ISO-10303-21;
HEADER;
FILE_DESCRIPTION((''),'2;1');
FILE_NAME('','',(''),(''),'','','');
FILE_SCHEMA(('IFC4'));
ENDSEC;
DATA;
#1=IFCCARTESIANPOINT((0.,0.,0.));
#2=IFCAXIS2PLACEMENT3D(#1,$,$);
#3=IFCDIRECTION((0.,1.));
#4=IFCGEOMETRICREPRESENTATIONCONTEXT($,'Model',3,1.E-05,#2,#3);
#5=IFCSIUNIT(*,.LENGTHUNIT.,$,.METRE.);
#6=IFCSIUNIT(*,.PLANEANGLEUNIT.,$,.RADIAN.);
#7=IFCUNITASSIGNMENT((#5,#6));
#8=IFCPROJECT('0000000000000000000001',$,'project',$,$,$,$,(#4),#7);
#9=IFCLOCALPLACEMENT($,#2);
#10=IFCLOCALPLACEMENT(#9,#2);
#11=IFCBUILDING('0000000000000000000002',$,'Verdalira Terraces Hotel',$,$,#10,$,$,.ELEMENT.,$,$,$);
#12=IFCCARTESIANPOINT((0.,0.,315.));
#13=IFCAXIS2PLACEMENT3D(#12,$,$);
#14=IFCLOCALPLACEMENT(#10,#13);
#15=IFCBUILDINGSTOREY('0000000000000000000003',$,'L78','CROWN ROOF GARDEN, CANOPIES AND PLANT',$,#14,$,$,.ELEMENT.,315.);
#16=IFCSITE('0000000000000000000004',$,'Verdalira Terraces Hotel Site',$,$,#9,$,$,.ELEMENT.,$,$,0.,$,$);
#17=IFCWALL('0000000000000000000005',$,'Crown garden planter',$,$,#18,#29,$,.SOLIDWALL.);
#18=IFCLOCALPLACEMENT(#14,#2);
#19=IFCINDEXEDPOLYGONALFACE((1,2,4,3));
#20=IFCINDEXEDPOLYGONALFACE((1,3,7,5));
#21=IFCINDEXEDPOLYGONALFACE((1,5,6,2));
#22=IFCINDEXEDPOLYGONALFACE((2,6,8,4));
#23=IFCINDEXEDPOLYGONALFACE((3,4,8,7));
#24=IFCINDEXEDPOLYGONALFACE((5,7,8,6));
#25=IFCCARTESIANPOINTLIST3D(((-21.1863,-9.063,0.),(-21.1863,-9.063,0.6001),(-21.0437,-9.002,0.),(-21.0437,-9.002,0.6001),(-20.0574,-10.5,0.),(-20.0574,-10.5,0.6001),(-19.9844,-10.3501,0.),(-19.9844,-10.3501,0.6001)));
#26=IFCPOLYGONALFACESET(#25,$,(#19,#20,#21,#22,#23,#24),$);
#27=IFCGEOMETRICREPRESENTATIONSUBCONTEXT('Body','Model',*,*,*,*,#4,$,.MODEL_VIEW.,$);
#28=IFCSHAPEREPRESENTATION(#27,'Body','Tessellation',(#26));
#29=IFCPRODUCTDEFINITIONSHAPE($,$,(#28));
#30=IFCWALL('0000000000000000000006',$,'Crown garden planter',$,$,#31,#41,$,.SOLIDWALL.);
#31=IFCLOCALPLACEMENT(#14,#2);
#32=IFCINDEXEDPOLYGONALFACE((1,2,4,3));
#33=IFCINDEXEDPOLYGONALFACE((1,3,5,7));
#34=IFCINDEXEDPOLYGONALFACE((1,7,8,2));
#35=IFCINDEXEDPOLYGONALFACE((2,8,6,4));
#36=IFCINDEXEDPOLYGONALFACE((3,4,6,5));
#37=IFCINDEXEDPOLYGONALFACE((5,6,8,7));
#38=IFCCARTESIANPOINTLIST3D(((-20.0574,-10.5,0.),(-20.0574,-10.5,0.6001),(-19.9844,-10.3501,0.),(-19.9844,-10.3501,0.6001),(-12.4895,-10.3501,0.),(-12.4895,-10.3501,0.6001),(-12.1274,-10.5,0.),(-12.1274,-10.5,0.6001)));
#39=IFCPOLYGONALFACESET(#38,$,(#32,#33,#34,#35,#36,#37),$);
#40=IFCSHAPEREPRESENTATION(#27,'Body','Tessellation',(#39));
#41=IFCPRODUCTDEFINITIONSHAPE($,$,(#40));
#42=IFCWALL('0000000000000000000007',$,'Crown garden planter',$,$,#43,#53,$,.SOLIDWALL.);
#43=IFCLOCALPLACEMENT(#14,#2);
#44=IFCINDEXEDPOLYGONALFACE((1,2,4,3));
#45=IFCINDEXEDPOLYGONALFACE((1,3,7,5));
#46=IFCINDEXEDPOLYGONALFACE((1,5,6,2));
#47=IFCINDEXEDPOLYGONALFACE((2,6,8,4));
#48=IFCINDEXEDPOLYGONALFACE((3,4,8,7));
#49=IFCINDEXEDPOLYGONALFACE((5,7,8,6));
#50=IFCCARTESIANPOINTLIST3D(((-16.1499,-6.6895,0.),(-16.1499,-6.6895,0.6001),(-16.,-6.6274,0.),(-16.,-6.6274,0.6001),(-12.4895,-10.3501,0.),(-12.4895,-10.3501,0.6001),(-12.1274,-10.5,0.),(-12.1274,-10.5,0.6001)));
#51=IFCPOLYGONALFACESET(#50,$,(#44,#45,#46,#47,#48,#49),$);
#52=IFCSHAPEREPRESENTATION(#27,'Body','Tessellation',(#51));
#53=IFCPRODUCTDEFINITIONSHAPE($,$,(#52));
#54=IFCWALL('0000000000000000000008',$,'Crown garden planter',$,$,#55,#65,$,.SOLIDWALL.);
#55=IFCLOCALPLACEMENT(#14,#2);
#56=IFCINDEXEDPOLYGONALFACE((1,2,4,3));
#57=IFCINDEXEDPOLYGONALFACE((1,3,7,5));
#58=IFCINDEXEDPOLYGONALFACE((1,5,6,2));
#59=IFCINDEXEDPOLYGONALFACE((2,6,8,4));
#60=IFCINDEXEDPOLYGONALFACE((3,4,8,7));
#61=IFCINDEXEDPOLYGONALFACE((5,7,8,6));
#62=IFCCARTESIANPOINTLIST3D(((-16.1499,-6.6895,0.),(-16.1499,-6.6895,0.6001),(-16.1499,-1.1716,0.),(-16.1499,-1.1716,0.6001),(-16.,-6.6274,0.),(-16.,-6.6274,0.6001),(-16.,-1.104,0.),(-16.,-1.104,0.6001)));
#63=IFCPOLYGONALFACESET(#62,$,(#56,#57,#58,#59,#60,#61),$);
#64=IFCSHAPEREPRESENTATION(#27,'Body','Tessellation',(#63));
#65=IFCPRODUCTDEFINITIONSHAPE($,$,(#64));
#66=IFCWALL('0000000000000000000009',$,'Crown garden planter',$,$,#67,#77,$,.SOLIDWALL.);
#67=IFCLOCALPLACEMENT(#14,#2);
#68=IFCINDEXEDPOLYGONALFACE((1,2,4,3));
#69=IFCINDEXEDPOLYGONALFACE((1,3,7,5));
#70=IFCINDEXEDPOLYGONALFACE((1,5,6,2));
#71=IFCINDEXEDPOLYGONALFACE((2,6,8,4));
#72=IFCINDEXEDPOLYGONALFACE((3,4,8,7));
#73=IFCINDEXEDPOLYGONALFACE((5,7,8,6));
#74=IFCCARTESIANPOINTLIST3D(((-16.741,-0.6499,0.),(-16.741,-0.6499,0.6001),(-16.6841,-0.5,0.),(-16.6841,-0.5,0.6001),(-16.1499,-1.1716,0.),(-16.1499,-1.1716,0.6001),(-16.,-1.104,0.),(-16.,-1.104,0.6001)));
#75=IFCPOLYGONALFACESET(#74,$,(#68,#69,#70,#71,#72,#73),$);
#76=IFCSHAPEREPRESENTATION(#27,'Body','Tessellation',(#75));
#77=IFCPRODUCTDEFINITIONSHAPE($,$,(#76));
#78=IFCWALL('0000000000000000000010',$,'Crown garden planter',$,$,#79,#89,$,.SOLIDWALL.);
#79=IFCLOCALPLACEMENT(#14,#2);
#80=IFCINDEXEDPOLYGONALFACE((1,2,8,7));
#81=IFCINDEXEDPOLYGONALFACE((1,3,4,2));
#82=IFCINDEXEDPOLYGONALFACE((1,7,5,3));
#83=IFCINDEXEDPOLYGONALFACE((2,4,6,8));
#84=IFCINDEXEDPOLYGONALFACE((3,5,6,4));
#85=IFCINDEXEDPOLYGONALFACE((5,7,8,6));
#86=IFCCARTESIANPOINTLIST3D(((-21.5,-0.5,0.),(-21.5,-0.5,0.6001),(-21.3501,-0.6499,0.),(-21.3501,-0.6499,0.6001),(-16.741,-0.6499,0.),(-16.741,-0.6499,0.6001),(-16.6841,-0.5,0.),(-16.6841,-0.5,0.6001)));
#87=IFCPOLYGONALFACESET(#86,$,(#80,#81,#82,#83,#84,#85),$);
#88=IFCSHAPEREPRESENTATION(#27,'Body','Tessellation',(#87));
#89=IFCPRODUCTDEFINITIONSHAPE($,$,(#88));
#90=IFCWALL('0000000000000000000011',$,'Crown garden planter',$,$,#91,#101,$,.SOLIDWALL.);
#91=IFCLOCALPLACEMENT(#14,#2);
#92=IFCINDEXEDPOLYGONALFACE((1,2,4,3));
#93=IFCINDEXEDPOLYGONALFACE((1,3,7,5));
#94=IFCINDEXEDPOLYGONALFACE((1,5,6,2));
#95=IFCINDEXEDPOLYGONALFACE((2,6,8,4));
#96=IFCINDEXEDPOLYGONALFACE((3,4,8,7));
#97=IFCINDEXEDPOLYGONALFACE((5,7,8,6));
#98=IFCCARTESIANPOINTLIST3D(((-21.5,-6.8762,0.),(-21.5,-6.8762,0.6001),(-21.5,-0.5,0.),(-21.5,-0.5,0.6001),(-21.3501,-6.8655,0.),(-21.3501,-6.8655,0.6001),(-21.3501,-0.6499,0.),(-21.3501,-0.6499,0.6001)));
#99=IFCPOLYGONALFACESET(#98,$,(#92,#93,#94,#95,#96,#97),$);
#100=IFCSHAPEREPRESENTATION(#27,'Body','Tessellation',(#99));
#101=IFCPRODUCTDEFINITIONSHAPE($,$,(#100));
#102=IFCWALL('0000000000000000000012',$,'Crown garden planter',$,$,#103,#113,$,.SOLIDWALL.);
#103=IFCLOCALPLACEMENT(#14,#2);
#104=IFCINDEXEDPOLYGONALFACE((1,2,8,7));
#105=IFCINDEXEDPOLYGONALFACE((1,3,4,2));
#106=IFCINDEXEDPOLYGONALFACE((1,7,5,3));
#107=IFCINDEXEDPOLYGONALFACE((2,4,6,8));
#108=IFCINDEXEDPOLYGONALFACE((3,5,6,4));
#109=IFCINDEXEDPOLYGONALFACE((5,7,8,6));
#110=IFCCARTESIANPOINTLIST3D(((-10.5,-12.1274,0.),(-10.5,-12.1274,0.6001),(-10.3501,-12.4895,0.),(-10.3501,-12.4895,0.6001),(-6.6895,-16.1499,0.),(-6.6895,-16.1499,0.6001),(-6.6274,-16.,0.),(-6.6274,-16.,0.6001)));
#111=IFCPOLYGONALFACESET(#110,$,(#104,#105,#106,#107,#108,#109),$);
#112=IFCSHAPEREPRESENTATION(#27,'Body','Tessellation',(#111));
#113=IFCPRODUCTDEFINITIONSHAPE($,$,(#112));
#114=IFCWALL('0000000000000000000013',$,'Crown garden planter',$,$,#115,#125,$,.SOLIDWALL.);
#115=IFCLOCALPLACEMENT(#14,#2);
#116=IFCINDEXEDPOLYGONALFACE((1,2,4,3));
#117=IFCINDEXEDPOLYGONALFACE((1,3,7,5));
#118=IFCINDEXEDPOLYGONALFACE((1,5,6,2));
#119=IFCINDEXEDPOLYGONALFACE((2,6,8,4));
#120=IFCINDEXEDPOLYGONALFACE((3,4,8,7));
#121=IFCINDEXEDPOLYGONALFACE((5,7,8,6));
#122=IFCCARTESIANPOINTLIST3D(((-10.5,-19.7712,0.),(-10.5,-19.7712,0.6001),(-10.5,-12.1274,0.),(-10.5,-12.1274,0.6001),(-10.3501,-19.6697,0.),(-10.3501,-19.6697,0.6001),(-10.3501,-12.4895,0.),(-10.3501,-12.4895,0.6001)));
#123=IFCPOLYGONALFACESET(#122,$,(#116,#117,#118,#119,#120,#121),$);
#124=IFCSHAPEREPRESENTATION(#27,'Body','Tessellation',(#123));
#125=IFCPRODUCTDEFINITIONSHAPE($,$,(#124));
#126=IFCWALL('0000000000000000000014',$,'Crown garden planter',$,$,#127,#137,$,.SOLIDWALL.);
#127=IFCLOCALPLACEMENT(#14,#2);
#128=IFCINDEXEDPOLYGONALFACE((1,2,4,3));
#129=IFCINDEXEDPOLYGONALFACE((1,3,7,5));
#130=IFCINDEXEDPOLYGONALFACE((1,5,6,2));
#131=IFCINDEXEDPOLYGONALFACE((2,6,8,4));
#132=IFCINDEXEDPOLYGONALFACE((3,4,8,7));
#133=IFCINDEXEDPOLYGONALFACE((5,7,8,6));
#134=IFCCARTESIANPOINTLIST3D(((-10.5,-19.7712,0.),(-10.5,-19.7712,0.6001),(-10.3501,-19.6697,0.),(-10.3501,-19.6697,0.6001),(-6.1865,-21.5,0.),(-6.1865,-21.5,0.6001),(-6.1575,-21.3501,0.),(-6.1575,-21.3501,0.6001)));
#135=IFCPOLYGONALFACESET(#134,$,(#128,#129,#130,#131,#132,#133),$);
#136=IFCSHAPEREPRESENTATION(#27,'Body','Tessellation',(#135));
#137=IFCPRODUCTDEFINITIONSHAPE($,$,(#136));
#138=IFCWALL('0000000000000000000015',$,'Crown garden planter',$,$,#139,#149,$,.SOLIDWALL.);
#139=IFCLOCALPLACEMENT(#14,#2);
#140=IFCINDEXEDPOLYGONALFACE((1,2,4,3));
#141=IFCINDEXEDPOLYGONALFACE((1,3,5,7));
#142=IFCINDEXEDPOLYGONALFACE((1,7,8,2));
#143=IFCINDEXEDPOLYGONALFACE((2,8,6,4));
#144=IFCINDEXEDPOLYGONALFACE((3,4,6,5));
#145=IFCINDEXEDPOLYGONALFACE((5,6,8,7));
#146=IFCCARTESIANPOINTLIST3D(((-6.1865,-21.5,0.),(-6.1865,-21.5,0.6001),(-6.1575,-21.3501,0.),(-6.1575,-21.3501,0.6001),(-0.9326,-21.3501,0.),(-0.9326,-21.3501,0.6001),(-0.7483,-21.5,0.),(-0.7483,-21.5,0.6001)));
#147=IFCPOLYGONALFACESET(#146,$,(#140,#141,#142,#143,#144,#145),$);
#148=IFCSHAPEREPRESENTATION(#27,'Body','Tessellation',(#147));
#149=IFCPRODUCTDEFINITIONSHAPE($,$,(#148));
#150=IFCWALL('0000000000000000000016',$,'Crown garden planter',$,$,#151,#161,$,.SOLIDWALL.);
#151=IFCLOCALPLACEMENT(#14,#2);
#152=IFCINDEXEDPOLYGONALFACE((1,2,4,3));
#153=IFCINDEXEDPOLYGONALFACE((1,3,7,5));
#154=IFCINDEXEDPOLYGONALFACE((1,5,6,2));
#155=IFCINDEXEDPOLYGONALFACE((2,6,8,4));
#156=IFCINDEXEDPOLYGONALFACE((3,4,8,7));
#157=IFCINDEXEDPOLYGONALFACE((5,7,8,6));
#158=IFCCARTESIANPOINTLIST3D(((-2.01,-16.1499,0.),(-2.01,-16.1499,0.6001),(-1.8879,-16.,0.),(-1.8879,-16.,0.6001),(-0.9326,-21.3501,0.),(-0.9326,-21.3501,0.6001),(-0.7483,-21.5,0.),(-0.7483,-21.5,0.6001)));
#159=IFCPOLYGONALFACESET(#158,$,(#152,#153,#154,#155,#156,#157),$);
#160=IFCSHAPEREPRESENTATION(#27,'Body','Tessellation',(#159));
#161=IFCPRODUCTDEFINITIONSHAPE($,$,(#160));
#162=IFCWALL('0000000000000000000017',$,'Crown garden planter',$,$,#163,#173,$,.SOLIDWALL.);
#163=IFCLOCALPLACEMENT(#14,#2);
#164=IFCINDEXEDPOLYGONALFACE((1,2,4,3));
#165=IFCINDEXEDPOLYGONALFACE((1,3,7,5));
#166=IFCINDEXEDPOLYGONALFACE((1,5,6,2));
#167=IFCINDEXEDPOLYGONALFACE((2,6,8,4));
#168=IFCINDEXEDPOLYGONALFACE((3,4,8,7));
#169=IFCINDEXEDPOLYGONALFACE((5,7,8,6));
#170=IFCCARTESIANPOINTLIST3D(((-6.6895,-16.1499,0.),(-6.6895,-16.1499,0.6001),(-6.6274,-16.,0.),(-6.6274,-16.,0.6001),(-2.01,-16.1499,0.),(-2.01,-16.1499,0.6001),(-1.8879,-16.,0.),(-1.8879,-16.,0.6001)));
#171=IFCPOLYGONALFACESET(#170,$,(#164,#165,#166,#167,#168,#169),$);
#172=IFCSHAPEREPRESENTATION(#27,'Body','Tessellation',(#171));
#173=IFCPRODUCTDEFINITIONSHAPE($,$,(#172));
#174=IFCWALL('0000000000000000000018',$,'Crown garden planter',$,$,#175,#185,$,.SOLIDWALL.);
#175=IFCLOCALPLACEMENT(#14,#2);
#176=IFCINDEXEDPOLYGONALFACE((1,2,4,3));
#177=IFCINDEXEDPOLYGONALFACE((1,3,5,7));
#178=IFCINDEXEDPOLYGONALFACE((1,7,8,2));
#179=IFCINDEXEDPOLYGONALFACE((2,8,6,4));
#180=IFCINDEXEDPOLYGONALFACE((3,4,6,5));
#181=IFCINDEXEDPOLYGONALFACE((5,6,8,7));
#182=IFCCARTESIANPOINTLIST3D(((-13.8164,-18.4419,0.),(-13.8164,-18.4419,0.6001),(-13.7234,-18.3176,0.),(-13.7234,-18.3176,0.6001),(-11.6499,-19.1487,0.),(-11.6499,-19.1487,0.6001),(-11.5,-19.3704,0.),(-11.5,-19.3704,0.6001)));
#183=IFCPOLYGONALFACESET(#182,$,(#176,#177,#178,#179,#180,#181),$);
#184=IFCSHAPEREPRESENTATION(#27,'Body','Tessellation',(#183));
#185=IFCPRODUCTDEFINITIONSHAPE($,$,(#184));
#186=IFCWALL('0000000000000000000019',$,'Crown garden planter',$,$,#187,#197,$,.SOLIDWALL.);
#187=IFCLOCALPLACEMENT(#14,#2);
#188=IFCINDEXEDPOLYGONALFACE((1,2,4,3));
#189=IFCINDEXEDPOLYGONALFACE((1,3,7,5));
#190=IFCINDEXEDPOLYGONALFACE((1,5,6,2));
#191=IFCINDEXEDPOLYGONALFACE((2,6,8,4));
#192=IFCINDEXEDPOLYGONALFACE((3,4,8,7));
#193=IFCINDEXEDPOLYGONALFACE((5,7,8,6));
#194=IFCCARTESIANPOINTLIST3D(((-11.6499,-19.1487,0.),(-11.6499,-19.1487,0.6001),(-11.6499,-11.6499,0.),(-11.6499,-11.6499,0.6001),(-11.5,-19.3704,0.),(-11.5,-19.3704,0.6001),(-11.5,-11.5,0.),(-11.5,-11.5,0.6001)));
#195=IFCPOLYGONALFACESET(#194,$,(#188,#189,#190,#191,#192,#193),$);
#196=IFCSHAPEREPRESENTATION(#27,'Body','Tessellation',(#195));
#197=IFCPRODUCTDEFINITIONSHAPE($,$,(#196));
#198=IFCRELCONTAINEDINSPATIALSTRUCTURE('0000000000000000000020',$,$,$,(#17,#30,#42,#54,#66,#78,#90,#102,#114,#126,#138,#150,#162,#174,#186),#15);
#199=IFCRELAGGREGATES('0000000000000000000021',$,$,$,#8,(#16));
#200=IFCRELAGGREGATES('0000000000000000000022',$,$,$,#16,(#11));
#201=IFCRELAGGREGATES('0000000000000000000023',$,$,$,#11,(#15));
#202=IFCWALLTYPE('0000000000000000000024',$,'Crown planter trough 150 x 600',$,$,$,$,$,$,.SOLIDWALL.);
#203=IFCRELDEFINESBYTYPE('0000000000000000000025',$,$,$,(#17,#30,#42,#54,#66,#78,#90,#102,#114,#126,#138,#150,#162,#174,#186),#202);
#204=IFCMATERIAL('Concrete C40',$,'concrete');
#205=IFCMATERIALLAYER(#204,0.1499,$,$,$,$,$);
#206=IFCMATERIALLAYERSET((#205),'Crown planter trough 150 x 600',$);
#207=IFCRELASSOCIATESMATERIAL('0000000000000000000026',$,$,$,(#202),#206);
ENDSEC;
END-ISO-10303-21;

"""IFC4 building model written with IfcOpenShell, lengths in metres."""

from ifc_helpers import new_model, si_unit, direction, frame, origin, place, context, subcontext, project, spatial, polyline, outline, extrude, material, layer, layer_set, type_object, element, save


model = new_model("IFC4")

# Units and contexts
model_context = context("Model", 3, precision=1e-05, world=origin(), true_north=direction((0.0, 1.0)))
body_context = subcontext(model_context, "Body", "Model", "MODEL_VIEW")
ifc_project = project(units=[si_unit("LENGTHUNIT", "METRE"), si_unit("PLANEANGLEUNIT", "RADIAN")], contexts=[model_context])

# Site, building, storey
site_placement = place(None, origin())
site = spatial("IfcSite", under=ifc_project, at=site_placement, Name="Verdalira Terraces Hotel Site", CompositionType="ELEMENT", RefElevation=0.0)
building_placement = place(site_placement, origin())
building = spatial("IfcBuilding", under=site, at=building_placement, Name="Verdalira Terraces Hotel", CompositionType="ELEMENT")
storey_placement = place(building_placement, frame((0.0, 0.0, 315.0)))
storey = spatial("IfcBuildingStorey", under=building, at=storey_placement, Name="L78", Description="CROWN ROOF GARDEN, CANOPIES AND PLANT", CompositionType="ELEMENT", Elevation=315.0)

# Walls
ifc_material_1 = material(Name="Concrete C40", Category="concrete")
ifc_layer_1 = layer(ifc_material_1, 0.1499)
ifc_layer_set_1 = layer_set([ifc_layer_1], Name="Crown planter trough 150 x 600")
wall_type_1 = type_object("IfcWallType", Name="Crown planter trough 150 x 600", PredefinedType="SOLIDWALL", material=ifc_layer_set_1)
wall_1_placement = place(storey_placement, origin())
element("IfcWall", 1, at=wall_1_placement, inside=storey, type_object=wall_type_1, Name="Crown garden planter", PredefinedType="SOLIDWALL", context=body_context, shape_type="SweptSolid", body=[
    extrude(outline(polyline([(-21.1863, -9.063), (-20.0574, -10.5), (-19.9844, -10.3501), (-21.0437, -9.002), (-21.1863, -9.063)])), origin(), (0.0, 0.0, 1.0), 0.6001),
])
wall_2_placement = place(storey_placement, origin())
element("IfcWall", 2, at=wall_2_placement, inside=storey, type_object=wall_type_1, Name="Crown garden planter", PredefinedType="SOLIDWALL", context=body_context, shape_type="SweptSolid", body=[
    extrude(outline(polyline([(-20.0574, -10.5), (-12.1274, -10.5), (-12.4895, -10.3501), (-19.9844, -10.3501), (-20.0574, -10.5)])), origin(), (0.0, 0.0, 1.0), 0.6001),
])
wall_3_placement = place(storey_placement, origin())
element("IfcWall", 3, at=wall_3_placement, inside=storey, type_object=wall_type_1, Name="Crown garden planter", PredefinedType="SOLIDWALL", context=body_context, shape_type="SweptSolid", body=[
    extrude(outline(polyline([(-12.1274, -10.5), (-16.0, -6.6274), (-16.1499, -6.6895), (-12.4895, -10.3501), (-12.1274, -10.5)])), origin(), (0.0, 0.0, 1.0), 0.6001),
])
wall_4_placement = place(storey_placement, origin())
element("IfcWall", 4, at=wall_4_placement, inside=storey, type_object=wall_type_1, Name="Crown garden planter", PredefinedType="SOLIDWALL", context=body_context, shape_type="SweptSolid", body=[
    extrude(outline(polyline([(-16.0, -6.6274), (-16.0, -1.104), (-16.1499, -1.1716), (-16.1499, -6.6895), (-16.0, -6.6274)])), origin(), (0.0, 0.0, 1.0), 0.6001),
])
wall_5_placement = place(storey_placement, origin())
element("IfcWall", 5, at=wall_5_placement, inside=storey, type_object=wall_type_1, Name="Crown garden planter", PredefinedType="SOLIDWALL", context=body_context, shape_type="SweptSolid", body=[
    extrude(outline(polyline([(-16.0, -1.104), (-16.6841, -0.5), (-16.741, -0.6499), (-16.1499, -1.1716), (-16.0, -1.104)])), origin(), (0.0, 0.0, 1.0), 0.6001),
])
wall_6_placement = place(storey_placement, origin())
element("IfcWall", 6, at=wall_6_placement, inside=storey, type_object=wall_type_1, Name="Crown garden planter", PredefinedType="SOLIDWALL", context=body_context, shape_type="SweptSolid", body=[
    extrude(outline(polyline([(-16.6841, -0.5), (-21.5, -0.5), (-21.3501, -0.6499), (-16.741, -0.6499), (-16.6841, -0.5)])), origin(), (0.0, 0.0, 1.0), 0.6001),
])
wall_7_placement = place(storey_placement, origin())
element("IfcWall", 7, at=wall_7_placement, inside=storey, type_object=wall_type_1, Name="Crown garden planter", PredefinedType="SOLIDWALL", context=body_context, shape_type="SweptSolid", body=[
    extrude(outline(polyline([(-21.5, -0.5), (-21.5, -6.8762), (-21.3501, -6.8655), (-21.3501, -0.6499), (-21.5, -0.5)])), origin(), (0.0, 0.0, 1.0), 0.6001),
])
wall_8_placement = place(storey_placement, origin())
element("IfcWall", 8, at=wall_8_placement, inside=storey, type_object=wall_type_1, Name="Crown garden planter", PredefinedType="SOLIDWALL", context=body_context, shape_type="SweptSolid", body=[
    extrude(outline(polyline([(-6.6274, -16.0), (-10.5, -12.1274), (-10.3501, -12.4895), (-6.6895, -16.1499), (-6.6274, -16.0)])), origin(), (0.0, 0.0, 1.0), 0.6001),
])
wall_9_placement = place(storey_placement, origin())
element("IfcWall", 9, at=wall_9_placement, inside=storey, type_object=wall_type_1, Name="Crown garden planter", PredefinedType="SOLIDWALL", context=body_context, shape_type="SweptSolid", body=[
    extrude(outline(polyline([(-10.5, -12.1274), (-10.5, -19.7712), (-10.3501, -19.6697), (-10.3501, -12.4895), (-10.5, -12.1274)])), origin(), (0.0, 0.0, 1.0), 0.6001),
])
wall_10_placement = place(storey_placement, origin())
element("IfcWall", 10, at=wall_10_placement, inside=storey, type_object=wall_type_1, Name="Crown garden planter", PredefinedType="SOLIDWALL", context=body_context, shape_type="SweptSolid", body=[
    extrude(outline(polyline([(-10.5, -19.7712), (-6.1865, -21.5), (-6.1575, -21.3501), (-10.3501, -19.6697), (-10.5, -19.7712)])), origin(), (0.0, 0.0, 1.0), 0.6001),
])
wall_11_placement = place(storey_placement, origin())
element("IfcWall", 11, at=wall_11_placement, inside=storey, type_object=wall_type_1, Name="Crown garden planter", PredefinedType="SOLIDWALL", context=body_context, shape_type="SweptSolid", body=[
    extrude(outline(polyline([(-6.1865, -21.5), (-0.7483, -21.5), (-0.9326, -21.3501), (-6.1575, -21.3501), (-6.1865, -21.5)])), origin(), (0.0, 0.0, 1.0), 0.6001),
])
wall_12_placement = place(storey_placement, origin())
element("IfcWall", 12, at=wall_12_placement, inside=storey, type_object=wall_type_1, Name="Crown garden planter", PredefinedType="SOLIDWALL", context=body_context, shape_type="SweptSolid", body=[
    extrude(outline(polyline([(-0.7483, -21.5), (-1.8879, -16.0), (-2.01, -16.1499), (-0.9326, -21.3501), (-0.7483, -21.5)])), origin(), (0.0, 0.0, 1.0), 0.6001),
])
wall_13_placement = place(storey_placement, origin())
element("IfcWall", 13, at=wall_13_placement, inside=storey, type_object=wall_type_1, Name="Crown garden planter", PredefinedType="SOLIDWALL", context=body_context, shape_type="SweptSolid", body=[
    extrude(outline(polyline([(-1.8879, -16.0), (-6.6274, -16.0), (-6.6895, -16.1499), (-2.01, -16.1499), (-1.8879, -16.0)])), origin(), (0.0, 0.0, 1.0), 0.6001),
])
wall_14_placement = place(storey_placement, origin())
element("IfcWall", 14, at=wall_14_placement, inside=storey, type_object=wall_type_1, Name="Crown garden planter", PredefinedType="SOLIDWALL", context=body_context, shape_type="SweptSolid", body=[
    extrude(outline(polyline([(-13.8164, -18.4419), (-11.5, -19.3704), (-11.6499, -19.1487), (-13.7234, -18.3176), (-13.8164, -18.4419)])), origin(), (0.0, 0.0, 1.0), 0.6001),
])
wall_15_placement = place(storey_placement, origin())
element("IfcWall", 15, at=wall_15_placement, inside=storey, type_object=wall_type_1, Name="Crown garden planter", PredefinedType="SOLIDWALL", context=body_context, shape_type="SweptSolid", body=[
    extrude(outline(polyline([(-11.5, -19.3704), (-11.5, -11.5), (-11.6499, -11.6499), (-11.6499, -19.1487), (-11.5, -19.3704)])), origin(), (0.0, 0.0, 1.0), 0.6001),
])

save(model, "model.ifc")
